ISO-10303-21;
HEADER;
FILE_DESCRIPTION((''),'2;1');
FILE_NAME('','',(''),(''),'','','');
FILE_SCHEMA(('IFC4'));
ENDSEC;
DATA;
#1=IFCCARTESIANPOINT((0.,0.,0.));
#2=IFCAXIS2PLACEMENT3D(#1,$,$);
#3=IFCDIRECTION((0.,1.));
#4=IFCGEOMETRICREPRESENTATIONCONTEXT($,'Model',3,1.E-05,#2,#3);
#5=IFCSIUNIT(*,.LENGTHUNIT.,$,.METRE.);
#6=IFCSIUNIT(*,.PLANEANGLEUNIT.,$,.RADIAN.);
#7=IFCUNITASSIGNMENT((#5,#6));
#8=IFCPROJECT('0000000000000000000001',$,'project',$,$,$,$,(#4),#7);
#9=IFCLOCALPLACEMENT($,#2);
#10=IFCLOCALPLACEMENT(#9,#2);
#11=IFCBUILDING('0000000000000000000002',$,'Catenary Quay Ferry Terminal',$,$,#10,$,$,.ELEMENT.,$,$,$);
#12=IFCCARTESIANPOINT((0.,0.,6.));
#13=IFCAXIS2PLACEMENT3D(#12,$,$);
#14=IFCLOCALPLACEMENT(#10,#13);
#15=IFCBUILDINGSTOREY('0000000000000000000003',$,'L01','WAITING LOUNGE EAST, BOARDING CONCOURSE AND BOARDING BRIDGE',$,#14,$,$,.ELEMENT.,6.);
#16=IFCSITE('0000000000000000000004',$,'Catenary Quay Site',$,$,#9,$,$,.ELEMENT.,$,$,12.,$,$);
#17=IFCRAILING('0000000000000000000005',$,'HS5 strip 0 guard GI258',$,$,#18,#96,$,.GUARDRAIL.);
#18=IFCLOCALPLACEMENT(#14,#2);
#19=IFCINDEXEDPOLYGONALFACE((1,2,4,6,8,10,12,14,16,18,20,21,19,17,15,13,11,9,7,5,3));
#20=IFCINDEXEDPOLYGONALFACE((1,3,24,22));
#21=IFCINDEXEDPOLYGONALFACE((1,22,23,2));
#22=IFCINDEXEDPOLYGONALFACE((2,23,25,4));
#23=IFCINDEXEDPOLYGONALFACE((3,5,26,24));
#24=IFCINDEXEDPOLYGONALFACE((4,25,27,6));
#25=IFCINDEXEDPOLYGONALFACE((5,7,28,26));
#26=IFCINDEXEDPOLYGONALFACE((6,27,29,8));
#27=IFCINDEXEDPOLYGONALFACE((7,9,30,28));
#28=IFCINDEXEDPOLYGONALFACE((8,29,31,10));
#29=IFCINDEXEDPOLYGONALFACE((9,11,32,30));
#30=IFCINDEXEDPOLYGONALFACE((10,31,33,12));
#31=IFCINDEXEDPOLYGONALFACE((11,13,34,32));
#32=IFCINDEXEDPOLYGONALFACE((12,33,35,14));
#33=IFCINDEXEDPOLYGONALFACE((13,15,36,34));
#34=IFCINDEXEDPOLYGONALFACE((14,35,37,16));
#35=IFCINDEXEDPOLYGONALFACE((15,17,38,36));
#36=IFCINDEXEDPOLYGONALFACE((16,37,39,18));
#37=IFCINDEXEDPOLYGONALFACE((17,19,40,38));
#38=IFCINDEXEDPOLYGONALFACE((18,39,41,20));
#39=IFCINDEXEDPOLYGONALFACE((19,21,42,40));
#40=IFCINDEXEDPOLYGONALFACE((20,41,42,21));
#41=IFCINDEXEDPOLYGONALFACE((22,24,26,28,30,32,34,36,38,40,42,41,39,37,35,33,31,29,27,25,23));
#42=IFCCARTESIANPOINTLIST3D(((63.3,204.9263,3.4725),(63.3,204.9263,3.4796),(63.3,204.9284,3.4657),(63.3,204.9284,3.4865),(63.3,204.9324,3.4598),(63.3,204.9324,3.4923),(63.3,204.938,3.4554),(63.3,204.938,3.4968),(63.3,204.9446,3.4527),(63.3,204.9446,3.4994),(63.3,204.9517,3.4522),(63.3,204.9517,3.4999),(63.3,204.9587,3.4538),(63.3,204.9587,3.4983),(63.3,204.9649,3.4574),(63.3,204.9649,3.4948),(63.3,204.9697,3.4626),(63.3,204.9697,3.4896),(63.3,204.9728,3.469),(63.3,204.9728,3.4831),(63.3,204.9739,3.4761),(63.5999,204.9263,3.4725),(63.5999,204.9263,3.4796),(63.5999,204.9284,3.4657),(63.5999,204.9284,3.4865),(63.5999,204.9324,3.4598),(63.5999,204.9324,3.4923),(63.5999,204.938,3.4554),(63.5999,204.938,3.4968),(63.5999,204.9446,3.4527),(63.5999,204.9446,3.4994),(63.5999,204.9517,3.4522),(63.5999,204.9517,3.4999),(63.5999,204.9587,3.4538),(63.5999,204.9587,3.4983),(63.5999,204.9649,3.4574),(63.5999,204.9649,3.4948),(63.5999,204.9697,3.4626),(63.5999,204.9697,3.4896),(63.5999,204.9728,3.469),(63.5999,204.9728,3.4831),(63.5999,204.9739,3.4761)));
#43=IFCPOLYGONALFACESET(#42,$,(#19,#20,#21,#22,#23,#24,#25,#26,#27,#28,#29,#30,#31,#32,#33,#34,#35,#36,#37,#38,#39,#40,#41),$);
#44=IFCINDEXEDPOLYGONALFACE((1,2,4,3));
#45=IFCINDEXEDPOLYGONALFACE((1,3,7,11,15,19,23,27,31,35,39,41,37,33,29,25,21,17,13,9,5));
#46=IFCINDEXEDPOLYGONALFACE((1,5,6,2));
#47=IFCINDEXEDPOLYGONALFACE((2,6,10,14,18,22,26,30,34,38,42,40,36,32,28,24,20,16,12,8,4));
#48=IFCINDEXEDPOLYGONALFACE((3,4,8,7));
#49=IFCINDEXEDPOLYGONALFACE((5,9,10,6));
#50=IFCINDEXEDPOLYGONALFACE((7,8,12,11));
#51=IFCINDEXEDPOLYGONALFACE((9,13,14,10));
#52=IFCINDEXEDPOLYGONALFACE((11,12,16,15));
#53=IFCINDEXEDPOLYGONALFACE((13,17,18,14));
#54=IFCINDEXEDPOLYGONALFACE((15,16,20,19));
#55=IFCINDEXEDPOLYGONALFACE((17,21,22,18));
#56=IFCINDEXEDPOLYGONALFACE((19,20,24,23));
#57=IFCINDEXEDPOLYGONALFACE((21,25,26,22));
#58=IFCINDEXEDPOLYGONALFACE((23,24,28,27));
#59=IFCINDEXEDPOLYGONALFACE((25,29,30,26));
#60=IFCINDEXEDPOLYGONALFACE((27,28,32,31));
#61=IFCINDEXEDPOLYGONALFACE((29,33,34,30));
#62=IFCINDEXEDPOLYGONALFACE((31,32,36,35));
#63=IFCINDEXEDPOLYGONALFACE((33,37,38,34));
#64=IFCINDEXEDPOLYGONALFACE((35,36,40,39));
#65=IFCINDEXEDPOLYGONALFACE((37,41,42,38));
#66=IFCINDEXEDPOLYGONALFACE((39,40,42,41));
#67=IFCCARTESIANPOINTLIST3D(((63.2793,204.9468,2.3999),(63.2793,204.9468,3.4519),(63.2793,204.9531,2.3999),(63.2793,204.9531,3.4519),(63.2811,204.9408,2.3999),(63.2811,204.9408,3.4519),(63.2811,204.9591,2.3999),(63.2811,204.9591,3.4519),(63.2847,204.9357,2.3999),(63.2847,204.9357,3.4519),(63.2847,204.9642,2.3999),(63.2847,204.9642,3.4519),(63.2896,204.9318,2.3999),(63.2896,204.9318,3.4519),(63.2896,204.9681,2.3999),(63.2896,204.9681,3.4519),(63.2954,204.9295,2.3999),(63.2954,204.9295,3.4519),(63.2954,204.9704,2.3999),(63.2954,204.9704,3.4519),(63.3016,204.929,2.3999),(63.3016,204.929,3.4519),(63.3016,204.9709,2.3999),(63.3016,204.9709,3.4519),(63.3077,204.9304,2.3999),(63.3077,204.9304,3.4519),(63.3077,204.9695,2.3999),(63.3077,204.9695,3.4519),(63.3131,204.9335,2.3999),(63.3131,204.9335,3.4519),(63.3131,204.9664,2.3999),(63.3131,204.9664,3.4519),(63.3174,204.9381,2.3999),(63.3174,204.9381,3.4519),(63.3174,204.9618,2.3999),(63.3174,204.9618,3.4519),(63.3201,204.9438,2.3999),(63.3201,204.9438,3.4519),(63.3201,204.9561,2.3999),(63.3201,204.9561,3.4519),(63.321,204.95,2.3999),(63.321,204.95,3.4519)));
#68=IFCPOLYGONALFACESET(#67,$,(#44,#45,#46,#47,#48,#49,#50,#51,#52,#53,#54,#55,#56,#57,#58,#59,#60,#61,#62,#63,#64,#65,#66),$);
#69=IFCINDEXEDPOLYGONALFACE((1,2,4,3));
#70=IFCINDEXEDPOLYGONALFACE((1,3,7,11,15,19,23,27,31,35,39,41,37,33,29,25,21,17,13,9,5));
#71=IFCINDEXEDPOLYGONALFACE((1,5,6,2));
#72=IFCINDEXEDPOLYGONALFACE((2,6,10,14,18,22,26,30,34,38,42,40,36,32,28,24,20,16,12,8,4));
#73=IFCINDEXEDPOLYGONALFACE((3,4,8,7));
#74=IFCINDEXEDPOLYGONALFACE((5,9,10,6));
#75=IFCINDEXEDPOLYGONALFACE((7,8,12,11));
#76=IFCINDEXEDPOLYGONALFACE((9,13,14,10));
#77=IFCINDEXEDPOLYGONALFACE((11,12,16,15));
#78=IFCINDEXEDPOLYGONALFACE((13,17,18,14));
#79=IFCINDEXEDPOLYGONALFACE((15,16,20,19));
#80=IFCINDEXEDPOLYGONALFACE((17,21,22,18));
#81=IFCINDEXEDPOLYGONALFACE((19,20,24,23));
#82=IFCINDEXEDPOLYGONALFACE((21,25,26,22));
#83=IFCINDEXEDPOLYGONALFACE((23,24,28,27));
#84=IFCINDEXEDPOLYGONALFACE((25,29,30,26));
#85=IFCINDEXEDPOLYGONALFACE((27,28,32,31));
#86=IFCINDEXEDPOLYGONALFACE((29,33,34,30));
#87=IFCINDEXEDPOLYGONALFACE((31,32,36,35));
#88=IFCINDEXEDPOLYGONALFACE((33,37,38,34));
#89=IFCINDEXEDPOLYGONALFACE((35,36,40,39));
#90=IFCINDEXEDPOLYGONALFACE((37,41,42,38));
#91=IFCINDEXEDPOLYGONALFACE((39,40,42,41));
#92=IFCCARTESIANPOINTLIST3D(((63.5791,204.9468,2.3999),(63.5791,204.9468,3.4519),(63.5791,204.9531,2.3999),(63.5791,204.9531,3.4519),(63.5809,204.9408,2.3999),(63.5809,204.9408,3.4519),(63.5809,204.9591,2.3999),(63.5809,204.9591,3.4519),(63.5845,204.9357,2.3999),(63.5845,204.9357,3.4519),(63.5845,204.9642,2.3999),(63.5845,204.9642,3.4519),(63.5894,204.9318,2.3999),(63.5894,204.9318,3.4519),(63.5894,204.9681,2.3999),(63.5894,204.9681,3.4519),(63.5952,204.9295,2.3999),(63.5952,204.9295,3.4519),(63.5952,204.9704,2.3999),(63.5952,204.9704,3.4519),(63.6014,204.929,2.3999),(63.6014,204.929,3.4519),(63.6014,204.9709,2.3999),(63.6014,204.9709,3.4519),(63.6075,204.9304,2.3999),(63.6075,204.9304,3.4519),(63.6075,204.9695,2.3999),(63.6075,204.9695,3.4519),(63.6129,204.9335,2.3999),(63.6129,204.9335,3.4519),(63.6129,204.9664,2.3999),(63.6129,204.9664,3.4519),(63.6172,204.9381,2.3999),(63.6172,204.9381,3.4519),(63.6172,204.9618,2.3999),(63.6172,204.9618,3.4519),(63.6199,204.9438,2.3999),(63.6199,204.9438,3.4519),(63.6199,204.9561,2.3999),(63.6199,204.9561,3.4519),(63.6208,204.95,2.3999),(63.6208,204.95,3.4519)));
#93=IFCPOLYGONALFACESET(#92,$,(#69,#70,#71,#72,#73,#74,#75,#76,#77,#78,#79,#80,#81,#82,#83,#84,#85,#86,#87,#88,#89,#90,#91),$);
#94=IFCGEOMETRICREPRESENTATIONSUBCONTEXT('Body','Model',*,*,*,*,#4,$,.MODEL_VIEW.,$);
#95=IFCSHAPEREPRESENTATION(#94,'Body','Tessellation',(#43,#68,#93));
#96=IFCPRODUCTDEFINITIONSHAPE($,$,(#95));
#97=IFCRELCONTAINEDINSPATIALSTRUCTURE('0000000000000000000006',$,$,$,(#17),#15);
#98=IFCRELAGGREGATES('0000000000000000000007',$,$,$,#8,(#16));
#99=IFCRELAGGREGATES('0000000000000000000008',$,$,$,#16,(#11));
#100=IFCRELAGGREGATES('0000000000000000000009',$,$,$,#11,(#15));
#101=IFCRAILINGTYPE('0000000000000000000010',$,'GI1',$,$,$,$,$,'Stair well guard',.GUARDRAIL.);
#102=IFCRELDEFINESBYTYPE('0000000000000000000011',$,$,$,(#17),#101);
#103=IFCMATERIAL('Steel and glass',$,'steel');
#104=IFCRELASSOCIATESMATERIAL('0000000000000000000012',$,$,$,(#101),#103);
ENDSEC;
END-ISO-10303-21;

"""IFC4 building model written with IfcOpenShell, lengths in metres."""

from ifc_helpers import new_model, si_unit, direction, frame, origin, origin_2d, place, context, subcontext, project, spatial, circle, extrude, material, type_object, element, save


model = new_model("IFC4")

# Units and contexts
model_context = context("Model", 3, precision=1e-05, world=origin(), true_north=direction((0.0, 1.0)))
body_context = subcontext(model_context, "Body", "Model", "MODEL_VIEW")
ifc_project = project(units=[si_unit("LENGTHUNIT", "METRE"), si_unit("PLANEANGLEUNIT", "RADIAN")], contexts=[model_context])

# Site, building, storey
site_placement = place(None, origin())
site = spatial("IfcSite", under=ifc_project, at=site_placement, Name="Catenary Quay Site", CompositionType="ELEMENT", RefElevation=12.0)
building_placement = place(site_placement, origin())
building = spatial("IfcBuilding", under=site, at=building_placement, Name="Catenary Quay Ferry Terminal", CompositionType="ELEMENT")
storey_placement = place(building_placement, frame((0.0, 0.0, 6.0)))
storey = spatial("IfcBuildingStorey", under=building, at=storey_placement, Name="L01", Description="WAITING LOUNGE EAST, BOARDING CONCOURSE AND BOARDING BRIDGE", CompositionType="ELEMENT", Elevation=6.0)

# Railing
ifc_material_1 = material(Name="Steel and glass", Category="steel")
railing_type_1 = type_object("IfcRailingType", Name="GI1", ElementType="Stair well guard", PredefinedType="GUARDRAIL", material=ifc_material_1)
railing_1_placement = place(storey_placement, frame((63.3, 204.95, 2.3999)))
element("IfcRailing", 1, at=railing_1_placement, inside=storey, type_object=railing_type_1, Name="HS5 strip 0 guard GI258", PredefinedType="GUARDRAIL", context=body_context, shape_type="SweptSolid", body=[
    extrude(circle(Radius=0.0239, at=origin_2d()), frame((0.0, 0.0, 1.0762), z_axis=(1.0, 0.0, 0.0), x_axis=(0.0, 1.0, 0.0)), (0.0, 0.0, 1.0), 0.2998),
    extrude(circle(Radius=0.021, at=origin_2d()), origin(), (0.0, 0.0, 1.0), 1.052),
    extrude(circle(Radius=0.021, at=origin_2d()), frame((0.2998, 0.0, 0.0)), (0.0, 0.0, 1.0), 1.052),
])

save(model, "model.ifc")
